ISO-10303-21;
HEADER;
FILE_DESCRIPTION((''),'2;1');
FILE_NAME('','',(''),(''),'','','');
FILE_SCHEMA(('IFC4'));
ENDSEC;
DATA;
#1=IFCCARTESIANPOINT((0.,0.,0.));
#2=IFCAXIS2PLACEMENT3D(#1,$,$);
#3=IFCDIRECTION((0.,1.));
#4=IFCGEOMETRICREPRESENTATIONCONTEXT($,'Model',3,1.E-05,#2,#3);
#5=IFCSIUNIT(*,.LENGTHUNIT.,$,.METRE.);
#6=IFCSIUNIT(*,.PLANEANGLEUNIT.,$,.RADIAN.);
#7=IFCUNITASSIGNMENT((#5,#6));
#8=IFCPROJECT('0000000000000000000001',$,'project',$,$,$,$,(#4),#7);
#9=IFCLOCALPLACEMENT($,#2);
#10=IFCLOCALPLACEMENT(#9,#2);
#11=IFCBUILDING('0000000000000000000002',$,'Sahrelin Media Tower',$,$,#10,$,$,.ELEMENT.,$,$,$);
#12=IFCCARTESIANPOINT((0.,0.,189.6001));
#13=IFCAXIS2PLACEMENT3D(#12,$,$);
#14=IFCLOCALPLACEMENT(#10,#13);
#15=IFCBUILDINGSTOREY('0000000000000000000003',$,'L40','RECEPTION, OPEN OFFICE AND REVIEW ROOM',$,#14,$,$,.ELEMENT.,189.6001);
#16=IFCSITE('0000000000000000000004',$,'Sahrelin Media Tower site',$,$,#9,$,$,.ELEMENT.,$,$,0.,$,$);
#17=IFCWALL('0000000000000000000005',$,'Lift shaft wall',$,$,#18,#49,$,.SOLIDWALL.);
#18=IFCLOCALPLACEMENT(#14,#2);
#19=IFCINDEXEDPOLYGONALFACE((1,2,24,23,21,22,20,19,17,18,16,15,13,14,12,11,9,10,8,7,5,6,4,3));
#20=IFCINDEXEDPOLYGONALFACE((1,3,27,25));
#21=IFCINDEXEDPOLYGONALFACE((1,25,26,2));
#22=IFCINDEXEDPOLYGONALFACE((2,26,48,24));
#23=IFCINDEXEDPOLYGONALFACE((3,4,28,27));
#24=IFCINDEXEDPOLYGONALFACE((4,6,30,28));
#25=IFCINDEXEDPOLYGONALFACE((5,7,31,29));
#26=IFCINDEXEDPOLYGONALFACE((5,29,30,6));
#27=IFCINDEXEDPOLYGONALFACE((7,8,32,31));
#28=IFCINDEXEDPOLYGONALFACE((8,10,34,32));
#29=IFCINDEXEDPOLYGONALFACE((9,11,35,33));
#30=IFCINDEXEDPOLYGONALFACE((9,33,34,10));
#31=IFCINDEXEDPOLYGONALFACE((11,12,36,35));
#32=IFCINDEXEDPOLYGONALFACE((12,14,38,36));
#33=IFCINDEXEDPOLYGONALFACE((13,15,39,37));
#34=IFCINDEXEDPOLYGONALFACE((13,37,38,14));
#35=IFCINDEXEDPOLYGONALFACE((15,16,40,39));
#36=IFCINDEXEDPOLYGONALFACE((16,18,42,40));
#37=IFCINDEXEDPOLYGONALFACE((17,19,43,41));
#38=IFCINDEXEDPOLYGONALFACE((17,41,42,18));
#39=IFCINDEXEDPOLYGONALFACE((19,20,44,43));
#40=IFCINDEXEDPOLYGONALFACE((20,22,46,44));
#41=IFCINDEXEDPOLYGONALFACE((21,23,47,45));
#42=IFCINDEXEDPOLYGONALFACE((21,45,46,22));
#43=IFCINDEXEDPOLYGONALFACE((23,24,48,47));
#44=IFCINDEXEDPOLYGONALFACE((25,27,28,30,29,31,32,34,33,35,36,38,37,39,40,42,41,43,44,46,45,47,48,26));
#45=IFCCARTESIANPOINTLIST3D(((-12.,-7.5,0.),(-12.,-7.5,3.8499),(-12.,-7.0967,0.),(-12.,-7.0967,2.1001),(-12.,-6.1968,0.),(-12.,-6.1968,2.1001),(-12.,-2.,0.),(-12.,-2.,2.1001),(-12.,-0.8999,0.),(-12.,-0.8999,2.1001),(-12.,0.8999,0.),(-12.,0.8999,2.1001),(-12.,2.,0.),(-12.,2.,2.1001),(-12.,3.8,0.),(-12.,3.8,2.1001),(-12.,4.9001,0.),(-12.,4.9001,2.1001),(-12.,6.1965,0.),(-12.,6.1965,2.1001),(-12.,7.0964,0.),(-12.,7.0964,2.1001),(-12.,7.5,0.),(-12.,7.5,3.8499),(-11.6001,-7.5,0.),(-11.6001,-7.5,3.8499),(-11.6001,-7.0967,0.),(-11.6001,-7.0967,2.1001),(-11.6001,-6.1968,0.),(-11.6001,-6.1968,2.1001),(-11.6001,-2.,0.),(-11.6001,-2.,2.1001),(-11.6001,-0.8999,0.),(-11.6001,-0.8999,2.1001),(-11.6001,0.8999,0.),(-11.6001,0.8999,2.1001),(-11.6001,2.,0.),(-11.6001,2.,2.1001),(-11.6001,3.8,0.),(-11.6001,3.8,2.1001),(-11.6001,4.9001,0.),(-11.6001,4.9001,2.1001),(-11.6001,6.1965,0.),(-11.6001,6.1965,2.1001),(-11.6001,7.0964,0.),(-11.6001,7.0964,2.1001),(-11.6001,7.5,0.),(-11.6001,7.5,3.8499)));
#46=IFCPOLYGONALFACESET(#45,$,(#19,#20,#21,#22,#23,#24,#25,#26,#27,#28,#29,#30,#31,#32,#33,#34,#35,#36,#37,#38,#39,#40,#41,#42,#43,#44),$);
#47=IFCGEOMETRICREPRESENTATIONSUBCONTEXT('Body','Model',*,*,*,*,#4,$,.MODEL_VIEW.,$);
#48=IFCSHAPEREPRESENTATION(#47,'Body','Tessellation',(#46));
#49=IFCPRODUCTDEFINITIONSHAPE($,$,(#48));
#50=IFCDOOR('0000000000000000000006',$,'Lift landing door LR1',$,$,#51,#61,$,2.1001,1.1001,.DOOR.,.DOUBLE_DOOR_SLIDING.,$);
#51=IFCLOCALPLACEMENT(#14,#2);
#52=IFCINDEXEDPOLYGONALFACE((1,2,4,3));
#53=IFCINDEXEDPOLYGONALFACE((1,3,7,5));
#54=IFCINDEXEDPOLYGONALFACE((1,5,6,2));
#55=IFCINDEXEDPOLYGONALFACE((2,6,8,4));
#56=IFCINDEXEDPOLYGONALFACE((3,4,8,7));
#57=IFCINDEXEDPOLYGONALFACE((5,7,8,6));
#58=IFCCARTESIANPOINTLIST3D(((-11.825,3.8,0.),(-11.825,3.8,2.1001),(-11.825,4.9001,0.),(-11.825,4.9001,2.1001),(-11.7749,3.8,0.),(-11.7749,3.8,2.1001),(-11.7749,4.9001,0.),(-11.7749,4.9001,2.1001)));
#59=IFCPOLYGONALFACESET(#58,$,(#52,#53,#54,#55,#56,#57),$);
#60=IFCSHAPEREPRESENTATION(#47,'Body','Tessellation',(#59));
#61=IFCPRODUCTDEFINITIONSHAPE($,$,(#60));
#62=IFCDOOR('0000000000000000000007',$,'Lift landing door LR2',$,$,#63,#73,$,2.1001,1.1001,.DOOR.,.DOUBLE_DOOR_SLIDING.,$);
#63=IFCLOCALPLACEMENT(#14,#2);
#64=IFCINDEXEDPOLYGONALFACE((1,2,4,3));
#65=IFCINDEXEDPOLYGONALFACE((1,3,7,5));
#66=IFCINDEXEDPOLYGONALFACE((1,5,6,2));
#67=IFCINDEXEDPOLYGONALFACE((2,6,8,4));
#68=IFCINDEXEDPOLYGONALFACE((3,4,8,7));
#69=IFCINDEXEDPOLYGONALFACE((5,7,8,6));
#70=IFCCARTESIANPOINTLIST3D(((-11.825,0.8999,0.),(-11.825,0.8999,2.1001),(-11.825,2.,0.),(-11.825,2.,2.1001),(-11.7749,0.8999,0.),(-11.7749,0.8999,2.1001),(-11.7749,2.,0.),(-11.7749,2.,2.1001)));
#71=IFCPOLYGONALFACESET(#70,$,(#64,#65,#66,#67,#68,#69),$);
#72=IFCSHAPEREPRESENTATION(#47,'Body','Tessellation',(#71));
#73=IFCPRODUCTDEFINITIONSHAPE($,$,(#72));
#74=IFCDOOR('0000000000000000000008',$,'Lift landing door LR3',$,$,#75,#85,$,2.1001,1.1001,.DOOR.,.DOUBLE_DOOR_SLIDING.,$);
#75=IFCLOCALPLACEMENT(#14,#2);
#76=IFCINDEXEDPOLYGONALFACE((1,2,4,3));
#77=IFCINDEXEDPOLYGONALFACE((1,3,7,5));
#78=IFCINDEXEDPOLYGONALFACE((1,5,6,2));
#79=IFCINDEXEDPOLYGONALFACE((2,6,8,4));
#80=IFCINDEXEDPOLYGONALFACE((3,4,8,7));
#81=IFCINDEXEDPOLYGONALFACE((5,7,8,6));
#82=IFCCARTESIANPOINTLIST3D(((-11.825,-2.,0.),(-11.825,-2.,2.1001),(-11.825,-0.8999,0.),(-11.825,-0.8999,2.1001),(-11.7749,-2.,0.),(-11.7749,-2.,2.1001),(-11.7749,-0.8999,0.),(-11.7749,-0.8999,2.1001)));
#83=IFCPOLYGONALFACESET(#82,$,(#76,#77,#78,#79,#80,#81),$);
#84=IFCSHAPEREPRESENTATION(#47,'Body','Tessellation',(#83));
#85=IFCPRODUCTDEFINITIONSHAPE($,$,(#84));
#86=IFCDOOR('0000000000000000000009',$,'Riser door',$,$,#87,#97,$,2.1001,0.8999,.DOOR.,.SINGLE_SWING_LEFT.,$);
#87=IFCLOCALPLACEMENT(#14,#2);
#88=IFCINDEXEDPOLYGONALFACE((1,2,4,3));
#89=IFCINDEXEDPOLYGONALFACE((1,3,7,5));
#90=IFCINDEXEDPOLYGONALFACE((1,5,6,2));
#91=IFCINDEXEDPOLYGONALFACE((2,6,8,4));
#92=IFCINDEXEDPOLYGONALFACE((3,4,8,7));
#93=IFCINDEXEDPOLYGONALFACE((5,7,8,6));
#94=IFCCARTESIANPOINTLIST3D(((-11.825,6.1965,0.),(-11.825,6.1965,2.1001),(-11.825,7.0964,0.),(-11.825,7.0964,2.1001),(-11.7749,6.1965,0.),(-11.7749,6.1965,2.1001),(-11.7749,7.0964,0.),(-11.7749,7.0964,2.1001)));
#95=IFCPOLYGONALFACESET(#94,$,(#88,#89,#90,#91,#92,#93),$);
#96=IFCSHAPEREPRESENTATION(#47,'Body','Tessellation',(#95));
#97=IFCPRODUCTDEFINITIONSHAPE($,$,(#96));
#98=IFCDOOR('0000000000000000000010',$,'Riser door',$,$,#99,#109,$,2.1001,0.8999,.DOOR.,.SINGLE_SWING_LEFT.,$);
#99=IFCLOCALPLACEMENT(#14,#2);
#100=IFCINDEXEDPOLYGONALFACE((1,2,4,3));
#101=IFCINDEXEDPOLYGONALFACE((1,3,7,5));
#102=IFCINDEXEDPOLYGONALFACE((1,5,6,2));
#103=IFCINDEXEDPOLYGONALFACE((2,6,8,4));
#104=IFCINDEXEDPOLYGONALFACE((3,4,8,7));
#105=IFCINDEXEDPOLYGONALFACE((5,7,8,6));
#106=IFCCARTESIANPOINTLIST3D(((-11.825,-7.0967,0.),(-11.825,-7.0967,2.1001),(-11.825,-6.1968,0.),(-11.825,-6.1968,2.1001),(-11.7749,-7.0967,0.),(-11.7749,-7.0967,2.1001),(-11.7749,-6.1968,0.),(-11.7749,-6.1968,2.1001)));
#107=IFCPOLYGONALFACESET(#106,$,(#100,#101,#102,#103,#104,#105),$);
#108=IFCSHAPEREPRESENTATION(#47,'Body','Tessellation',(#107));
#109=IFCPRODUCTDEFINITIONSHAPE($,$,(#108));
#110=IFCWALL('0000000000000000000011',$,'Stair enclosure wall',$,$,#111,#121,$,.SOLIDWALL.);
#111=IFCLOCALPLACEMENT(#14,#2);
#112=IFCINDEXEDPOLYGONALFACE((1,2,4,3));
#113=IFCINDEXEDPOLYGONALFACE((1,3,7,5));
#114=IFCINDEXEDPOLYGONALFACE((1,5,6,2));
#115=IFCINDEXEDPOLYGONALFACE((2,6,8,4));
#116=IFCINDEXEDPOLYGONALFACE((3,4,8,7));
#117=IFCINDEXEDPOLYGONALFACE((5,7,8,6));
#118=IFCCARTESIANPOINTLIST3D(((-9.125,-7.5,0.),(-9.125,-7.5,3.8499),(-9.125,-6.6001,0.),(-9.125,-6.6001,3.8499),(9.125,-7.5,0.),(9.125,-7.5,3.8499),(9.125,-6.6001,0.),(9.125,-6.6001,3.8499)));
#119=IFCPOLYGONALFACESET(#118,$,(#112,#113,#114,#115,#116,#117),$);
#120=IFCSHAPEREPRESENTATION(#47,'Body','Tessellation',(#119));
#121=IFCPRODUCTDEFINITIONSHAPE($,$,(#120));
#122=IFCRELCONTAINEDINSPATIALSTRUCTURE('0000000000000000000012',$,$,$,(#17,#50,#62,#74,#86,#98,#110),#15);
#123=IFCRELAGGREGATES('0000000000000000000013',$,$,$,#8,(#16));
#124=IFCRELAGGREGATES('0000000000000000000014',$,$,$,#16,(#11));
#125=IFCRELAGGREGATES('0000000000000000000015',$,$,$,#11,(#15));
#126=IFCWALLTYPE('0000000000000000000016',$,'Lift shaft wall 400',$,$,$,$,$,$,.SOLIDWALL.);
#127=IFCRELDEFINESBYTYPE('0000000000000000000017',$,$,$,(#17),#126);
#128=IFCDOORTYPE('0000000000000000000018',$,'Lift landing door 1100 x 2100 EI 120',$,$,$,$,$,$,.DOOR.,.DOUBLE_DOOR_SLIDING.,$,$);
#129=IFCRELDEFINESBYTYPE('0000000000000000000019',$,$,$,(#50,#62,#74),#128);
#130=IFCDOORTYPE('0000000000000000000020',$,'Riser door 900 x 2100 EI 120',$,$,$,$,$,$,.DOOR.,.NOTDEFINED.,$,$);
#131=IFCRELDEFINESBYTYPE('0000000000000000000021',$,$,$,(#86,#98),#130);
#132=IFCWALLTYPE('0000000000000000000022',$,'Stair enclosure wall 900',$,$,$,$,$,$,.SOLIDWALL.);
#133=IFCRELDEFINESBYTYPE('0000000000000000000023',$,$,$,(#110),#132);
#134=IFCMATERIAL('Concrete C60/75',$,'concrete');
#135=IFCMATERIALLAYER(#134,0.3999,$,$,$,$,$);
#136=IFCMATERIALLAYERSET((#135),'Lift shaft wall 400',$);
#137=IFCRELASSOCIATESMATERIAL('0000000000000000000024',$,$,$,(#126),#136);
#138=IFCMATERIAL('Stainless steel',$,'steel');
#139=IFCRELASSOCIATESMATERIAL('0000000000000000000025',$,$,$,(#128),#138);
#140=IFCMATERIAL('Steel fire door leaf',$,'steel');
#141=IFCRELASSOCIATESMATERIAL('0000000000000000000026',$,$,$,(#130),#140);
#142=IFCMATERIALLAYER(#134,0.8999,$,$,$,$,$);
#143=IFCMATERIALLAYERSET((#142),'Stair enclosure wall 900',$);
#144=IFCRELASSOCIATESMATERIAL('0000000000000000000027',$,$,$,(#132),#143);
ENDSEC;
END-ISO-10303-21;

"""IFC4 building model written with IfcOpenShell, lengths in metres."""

from ifc_helpers import new_model, si_unit, direction, frame, frame_2d, origin, place, context, subcontext, project, spatial, rectangle, extrude, material, layer, layer_set, type_object, element, fill, save


model = new_model("IFC4")

# Units and contexts
model_context = context("Model", 3, precision=1e-05, world=origin(), true_north=direction((0.0, 1.0)))
body_context = subcontext(model_context, "Body", "Model", "MODEL_VIEW")
ifc_project = project(units=[si_unit("LENGTHUNIT", "METRE"), si_unit("PLANEANGLEUNIT", "RADIAN")], contexts=[model_context])

# Site, building, storey
site_placement = place(None, origin())
site = spatial("IfcSite", under=ifc_project, at=site_placement, Name="Sahrelin Media Tower site", CompositionType="ELEMENT", RefElevation=0.0)
building_placement = place(site_placement, origin())
building = spatial("IfcBuilding", under=site, at=building_placement, Name="Sahrelin Media Tower", CompositionType="ELEMENT")
storey_placement = place(building_placement, frame((0.0, 0.0, 189.6001)))
storey = spatial("IfcBuildingStorey", under=building, at=storey_placement, Name="L40", Description="RECEPTION, OPEN OFFICE AND REVIEW ROOM", CompositionType="ELEMENT", Elevation=189.6001)

# Shared definitions
ifc_material_1 = material(Name="Concrete C60/75", Category="concrete")
ifc_material_2 = material(Name="Steel fire door leaf", Category="steel")

# Wall, openings, doors
ifc_layer_1 = layer(ifc_material_1, 0.3999)
ifc_layer_set_1 = layer_set([ifc_layer_1], Name="Lift shaft wall 400")
wall_type_1 = type_object("IfcWallType", Name="Lift shaft wall 400", PredefinedType="SOLIDWALL", material=ifc_layer_set_1)
wall_1_placement = place(storey_placement, frame((-11.8, -7.5, 0.0), z_axis=(0.0, 0.0, 1.0), x_axis=(0.0, 1.0, 0.0)))
wall_1 = element("IfcWall", 1, at=wall_1_placement, inside=storey, type_object=wall_type_1, Name="Lift shaft wall", PredefinedType="SOLIDWALL", context=body_context, shape_type="SweptSolid", body=[
    extrude(rectangle(XDim=15.0, YDim=0.3999, at=frame_2d((7.5, 0.0))), origin(), (0.0, 0.0, 1.0), 3.8499),
])
opening_1_placement = place(wall_1_placement, frame((11.3, 0.0, 0.0)))
opening_1 = element("IfcOpeningElement", 2, at=opening_1_placement, cuts=wall_1, PredefinedType="OPENING", context=body_context, shape_type="SweptSolid", body=[
    extrude(rectangle(XDim=1.1001, YDim=2.1001, at=frame_2d((0.55, 1.05))), frame((0.0, 0.2, 0.0), z_axis=(0.0, -1.0, 0.0), x_axis=(1.0, 0.0, 0.0)), (0.0, 0.0, 1.0), 0.3999),
])
opening_2_placement = place(wall_1_placement, frame((8.3999, 0.0, 0.0)))
opening_2 = element("IfcOpeningElement", 3, at=opening_2_placement, cuts=wall_1, PredefinedType="OPENING", context=body_context, shape_type="SweptSolid", body=[
    extrude(rectangle(XDim=1.1001, YDim=2.1001, at=frame_2d((0.55, 1.05))), frame((0.0, 0.2, 0.0), z_axis=(0.0, -1.0, 0.0), x_axis=(1.0, 0.0, 0.0)), (0.0, 0.0, 1.0), 0.3999),
])
opening_3_placement = place(wall_1_placement, frame((5.5, 0.0, 0.0)))
opening_3 = element("IfcOpeningElement", 4, at=opening_3_placement, cuts=wall_1, PredefinedType="OPENING", context=body_context, shape_type="SweptSolid", body=[
    extrude(rectangle(XDim=1.1001, YDim=2.1001, at=frame_2d((0.55, 1.05))), frame((0.0, 0.2, 0.0), z_axis=(0.0, -1.0, 0.0), x_axis=(1.0, 0.0, 0.0)), (0.0, 0.0, 1.0), 0.3999),
])
opening_4_placement = place(wall_1_placement, frame((13.6965, 0.0, 0.0)))
opening_4 = element("IfcOpeningElement", 5, at=opening_4_placement, cuts=wall_1, PredefinedType="OPENING", context=body_context, shape_type="SweptSolid", body=[
    extrude(rectangle(XDim=0.8999, YDim=2.1001, at=frame_2d((0.45, 1.05))), frame((0.0, 0.2, 0.0), z_axis=(0.0, -1.0, 0.0), x_axis=(1.0, 0.0, 0.0)), (0.0, 0.0, 1.0), 0.3999),
])
opening_5_placement = place(wall_1_placement, frame((0.4033, 0.0, 0.0)))
opening_5 = element("IfcOpeningElement", 6, at=opening_5_placement, cuts=wall_1, PredefinedType="OPENING", context=body_context, shape_type="SweptSolid", body=[
    extrude(rectangle(XDim=0.8999, YDim=2.1001, at=frame_2d((0.45, 1.05))), frame((0.0, 0.2, 0.0), z_axis=(0.0, -1.0, 0.0), x_axis=(1.0, 0.0, 0.0)), (0.0, 0.0, 1.0), 0.3999),
])
ifc_material_3 = material(Name="Stainless steel", Category="steel")
door_type_1 = type_object("IfcDoorType", Name="Lift landing door 1100 x 2100 EI 120", OperationType="DOUBLE_DOOR_SLIDING", PredefinedType="DOOR", material=ifc_material_3)
door_1_placement = place(opening_1_placement, origin())
door_1 = element("IfcDoor", 7, at=door_1_placement, inside=storey, type_object=door_type_1, Name="Lift landing door LR1", OperationType="DOUBLE_DOOR_SLIDING", OverallHeight=2.1001, OverallWidth=1.1001, PredefinedType="DOOR", context=body_context, shape_type="SweptSolid", body=[
    extrude(rectangle(XDim=1.1001, YDim=2.1001, at=frame_2d((0.55, 1.05))), frame((0.0, 0.0249, 0.0), z_axis=(0.0, -1.0, 0.0), x_axis=(1.0, 0.0, 0.0)), (0.0, 0.0, 1.0), 0.05),
])
fill(opening_1, door_1)
door_2_placement = place(opening_2_placement, origin())
door_2 = element("IfcDoor", 8, at=door_2_placement, inside=storey, type_object=door_type_1, Name="Lift landing door LR2", OperationType="DOUBLE_DOOR_SLIDING", OverallHeight=2.1001, OverallWidth=1.1001, PredefinedType="DOOR", context=body_context, shape_type="SweptSolid", body=[
    extrude(rectangle(XDim=1.1001, YDim=2.1001, at=frame_2d((0.55, 1.05))), frame((0.0, 0.0249, 0.0), z_axis=(0.0, -1.0, 0.0), x_axis=(1.0, 0.0, 0.0)), (0.0, 0.0, 1.0), 0.05),
])
fill(opening_2, door_2)
door_3_placement = place(opening_3_placement, origin())
door_3 = element("IfcDoor", 9, at=door_3_placement, inside=storey, type_object=door_type_1, Name="Lift landing door LR3", OperationType="DOUBLE_DOOR_SLIDING", OverallHeight=2.1001, OverallWidth=1.1001, PredefinedType="DOOR", context=body_context, shape_type="SweptSolid", body=[
    extrude(rectangle(XDim=1.1001, YDim=2.1001, at=frame_2d((0.55, 1.05))), frame((0.0, 0.0249, 0.0), z_axis=(0.0, -1.0, 0.0), x_axis=(1.0, 0.0, 0.0)), (0.0, 0.0, 1.0), 0.05),
])
fill(opening_3, door_3)
door_type_2 = type_object("IfcDoorType", Name="Riser door 900 x 2100 EI 120", OperationType="NOTDEFINED", PredefinedType="DOOR", material=ifc_material_2)
door_4_placement = place(opening_4_placement, origin())
door_4 = element("IfcDoor", 10, at=door_4_placement, inside=storey, type_object=door_type_2, Name="Riser door", OperationType="SINGLE_SWING_LEFT", OverallHeight=2.1001, OverallWidth=0.8999, PredefinedType="DOOR", context=body_context, shape_type="SweptSolid", body=[
    extrude(rectangle(XDim=0.8999, YDim=2.1001, at=frame_2d((0.45, 1.05))), frame((0.0, 0.0249, 0.0), z_axis=(0.0, -1.0, 0.0), x_axis=(1.0, 0.0, 0.0)), (0.0, 0.0, 1.0), 0.05),
])
fill(opening_4, door_4)
door_5_placement = place(opening_5_placement, origin())
door_5 = element("IfcDoor", 11, at=door_5_placement, inside=storey, type_object=door_type_2, Name="Riser door", OperationType="SINGLE_SWING_LEFT", OverallHeight=2.1001, OverallWidth=0.8999, PredefinedType="DOOR", context=body_context, shape_type="SweptSolid", body=[
    extrude(rectangle(XDim=0.8999, YDim=2.1001, at=frame_2d((0.45, 1.05))), frame((0.0, 0.0249, 0.0), z_axis=(0.0, -1.0, 0.0), x_axis=(1.0, 0.0, 0.0)), (0.0, 0.0, 1.0), 0.05),
])
fill(opening_5, door_5)

# Wall
ifc_layer_2 = layer(ifc_material_1, 0.8999)
ifc_layer_set_2 = layer_set([ifc_layer_2], Name="Stair enclosure wall 900")
wall_type_2 = type_object("IfcWallType", Name="Stair enclosure wall 900", PredefinedType="SOLIDWALL", material=ifc_layer_set_2)
wall_2_placement = place(storey_placement, frame((-9.125, -7.05, 0.0), z_axis=(0.0, 0.0, 1.0), x_axis=(1.0, 0.0, 0.0)))
element("IfcWall", 12, at=wall_2_placement, inside=storey, type_object=wall_type_2, Name="Stair enclosure wall", PredefinedType="SOLIDWALL", context=body_context, shape_type="SweptSolid", body=[
    extrude(rectangle(XDim=18.25, YDim=0.8999, at=frame_2d((9.125, 0.0))), origin(), (0.0, 0.0, 1.0), 3.8499),
])

save(model, "model.ifc")
